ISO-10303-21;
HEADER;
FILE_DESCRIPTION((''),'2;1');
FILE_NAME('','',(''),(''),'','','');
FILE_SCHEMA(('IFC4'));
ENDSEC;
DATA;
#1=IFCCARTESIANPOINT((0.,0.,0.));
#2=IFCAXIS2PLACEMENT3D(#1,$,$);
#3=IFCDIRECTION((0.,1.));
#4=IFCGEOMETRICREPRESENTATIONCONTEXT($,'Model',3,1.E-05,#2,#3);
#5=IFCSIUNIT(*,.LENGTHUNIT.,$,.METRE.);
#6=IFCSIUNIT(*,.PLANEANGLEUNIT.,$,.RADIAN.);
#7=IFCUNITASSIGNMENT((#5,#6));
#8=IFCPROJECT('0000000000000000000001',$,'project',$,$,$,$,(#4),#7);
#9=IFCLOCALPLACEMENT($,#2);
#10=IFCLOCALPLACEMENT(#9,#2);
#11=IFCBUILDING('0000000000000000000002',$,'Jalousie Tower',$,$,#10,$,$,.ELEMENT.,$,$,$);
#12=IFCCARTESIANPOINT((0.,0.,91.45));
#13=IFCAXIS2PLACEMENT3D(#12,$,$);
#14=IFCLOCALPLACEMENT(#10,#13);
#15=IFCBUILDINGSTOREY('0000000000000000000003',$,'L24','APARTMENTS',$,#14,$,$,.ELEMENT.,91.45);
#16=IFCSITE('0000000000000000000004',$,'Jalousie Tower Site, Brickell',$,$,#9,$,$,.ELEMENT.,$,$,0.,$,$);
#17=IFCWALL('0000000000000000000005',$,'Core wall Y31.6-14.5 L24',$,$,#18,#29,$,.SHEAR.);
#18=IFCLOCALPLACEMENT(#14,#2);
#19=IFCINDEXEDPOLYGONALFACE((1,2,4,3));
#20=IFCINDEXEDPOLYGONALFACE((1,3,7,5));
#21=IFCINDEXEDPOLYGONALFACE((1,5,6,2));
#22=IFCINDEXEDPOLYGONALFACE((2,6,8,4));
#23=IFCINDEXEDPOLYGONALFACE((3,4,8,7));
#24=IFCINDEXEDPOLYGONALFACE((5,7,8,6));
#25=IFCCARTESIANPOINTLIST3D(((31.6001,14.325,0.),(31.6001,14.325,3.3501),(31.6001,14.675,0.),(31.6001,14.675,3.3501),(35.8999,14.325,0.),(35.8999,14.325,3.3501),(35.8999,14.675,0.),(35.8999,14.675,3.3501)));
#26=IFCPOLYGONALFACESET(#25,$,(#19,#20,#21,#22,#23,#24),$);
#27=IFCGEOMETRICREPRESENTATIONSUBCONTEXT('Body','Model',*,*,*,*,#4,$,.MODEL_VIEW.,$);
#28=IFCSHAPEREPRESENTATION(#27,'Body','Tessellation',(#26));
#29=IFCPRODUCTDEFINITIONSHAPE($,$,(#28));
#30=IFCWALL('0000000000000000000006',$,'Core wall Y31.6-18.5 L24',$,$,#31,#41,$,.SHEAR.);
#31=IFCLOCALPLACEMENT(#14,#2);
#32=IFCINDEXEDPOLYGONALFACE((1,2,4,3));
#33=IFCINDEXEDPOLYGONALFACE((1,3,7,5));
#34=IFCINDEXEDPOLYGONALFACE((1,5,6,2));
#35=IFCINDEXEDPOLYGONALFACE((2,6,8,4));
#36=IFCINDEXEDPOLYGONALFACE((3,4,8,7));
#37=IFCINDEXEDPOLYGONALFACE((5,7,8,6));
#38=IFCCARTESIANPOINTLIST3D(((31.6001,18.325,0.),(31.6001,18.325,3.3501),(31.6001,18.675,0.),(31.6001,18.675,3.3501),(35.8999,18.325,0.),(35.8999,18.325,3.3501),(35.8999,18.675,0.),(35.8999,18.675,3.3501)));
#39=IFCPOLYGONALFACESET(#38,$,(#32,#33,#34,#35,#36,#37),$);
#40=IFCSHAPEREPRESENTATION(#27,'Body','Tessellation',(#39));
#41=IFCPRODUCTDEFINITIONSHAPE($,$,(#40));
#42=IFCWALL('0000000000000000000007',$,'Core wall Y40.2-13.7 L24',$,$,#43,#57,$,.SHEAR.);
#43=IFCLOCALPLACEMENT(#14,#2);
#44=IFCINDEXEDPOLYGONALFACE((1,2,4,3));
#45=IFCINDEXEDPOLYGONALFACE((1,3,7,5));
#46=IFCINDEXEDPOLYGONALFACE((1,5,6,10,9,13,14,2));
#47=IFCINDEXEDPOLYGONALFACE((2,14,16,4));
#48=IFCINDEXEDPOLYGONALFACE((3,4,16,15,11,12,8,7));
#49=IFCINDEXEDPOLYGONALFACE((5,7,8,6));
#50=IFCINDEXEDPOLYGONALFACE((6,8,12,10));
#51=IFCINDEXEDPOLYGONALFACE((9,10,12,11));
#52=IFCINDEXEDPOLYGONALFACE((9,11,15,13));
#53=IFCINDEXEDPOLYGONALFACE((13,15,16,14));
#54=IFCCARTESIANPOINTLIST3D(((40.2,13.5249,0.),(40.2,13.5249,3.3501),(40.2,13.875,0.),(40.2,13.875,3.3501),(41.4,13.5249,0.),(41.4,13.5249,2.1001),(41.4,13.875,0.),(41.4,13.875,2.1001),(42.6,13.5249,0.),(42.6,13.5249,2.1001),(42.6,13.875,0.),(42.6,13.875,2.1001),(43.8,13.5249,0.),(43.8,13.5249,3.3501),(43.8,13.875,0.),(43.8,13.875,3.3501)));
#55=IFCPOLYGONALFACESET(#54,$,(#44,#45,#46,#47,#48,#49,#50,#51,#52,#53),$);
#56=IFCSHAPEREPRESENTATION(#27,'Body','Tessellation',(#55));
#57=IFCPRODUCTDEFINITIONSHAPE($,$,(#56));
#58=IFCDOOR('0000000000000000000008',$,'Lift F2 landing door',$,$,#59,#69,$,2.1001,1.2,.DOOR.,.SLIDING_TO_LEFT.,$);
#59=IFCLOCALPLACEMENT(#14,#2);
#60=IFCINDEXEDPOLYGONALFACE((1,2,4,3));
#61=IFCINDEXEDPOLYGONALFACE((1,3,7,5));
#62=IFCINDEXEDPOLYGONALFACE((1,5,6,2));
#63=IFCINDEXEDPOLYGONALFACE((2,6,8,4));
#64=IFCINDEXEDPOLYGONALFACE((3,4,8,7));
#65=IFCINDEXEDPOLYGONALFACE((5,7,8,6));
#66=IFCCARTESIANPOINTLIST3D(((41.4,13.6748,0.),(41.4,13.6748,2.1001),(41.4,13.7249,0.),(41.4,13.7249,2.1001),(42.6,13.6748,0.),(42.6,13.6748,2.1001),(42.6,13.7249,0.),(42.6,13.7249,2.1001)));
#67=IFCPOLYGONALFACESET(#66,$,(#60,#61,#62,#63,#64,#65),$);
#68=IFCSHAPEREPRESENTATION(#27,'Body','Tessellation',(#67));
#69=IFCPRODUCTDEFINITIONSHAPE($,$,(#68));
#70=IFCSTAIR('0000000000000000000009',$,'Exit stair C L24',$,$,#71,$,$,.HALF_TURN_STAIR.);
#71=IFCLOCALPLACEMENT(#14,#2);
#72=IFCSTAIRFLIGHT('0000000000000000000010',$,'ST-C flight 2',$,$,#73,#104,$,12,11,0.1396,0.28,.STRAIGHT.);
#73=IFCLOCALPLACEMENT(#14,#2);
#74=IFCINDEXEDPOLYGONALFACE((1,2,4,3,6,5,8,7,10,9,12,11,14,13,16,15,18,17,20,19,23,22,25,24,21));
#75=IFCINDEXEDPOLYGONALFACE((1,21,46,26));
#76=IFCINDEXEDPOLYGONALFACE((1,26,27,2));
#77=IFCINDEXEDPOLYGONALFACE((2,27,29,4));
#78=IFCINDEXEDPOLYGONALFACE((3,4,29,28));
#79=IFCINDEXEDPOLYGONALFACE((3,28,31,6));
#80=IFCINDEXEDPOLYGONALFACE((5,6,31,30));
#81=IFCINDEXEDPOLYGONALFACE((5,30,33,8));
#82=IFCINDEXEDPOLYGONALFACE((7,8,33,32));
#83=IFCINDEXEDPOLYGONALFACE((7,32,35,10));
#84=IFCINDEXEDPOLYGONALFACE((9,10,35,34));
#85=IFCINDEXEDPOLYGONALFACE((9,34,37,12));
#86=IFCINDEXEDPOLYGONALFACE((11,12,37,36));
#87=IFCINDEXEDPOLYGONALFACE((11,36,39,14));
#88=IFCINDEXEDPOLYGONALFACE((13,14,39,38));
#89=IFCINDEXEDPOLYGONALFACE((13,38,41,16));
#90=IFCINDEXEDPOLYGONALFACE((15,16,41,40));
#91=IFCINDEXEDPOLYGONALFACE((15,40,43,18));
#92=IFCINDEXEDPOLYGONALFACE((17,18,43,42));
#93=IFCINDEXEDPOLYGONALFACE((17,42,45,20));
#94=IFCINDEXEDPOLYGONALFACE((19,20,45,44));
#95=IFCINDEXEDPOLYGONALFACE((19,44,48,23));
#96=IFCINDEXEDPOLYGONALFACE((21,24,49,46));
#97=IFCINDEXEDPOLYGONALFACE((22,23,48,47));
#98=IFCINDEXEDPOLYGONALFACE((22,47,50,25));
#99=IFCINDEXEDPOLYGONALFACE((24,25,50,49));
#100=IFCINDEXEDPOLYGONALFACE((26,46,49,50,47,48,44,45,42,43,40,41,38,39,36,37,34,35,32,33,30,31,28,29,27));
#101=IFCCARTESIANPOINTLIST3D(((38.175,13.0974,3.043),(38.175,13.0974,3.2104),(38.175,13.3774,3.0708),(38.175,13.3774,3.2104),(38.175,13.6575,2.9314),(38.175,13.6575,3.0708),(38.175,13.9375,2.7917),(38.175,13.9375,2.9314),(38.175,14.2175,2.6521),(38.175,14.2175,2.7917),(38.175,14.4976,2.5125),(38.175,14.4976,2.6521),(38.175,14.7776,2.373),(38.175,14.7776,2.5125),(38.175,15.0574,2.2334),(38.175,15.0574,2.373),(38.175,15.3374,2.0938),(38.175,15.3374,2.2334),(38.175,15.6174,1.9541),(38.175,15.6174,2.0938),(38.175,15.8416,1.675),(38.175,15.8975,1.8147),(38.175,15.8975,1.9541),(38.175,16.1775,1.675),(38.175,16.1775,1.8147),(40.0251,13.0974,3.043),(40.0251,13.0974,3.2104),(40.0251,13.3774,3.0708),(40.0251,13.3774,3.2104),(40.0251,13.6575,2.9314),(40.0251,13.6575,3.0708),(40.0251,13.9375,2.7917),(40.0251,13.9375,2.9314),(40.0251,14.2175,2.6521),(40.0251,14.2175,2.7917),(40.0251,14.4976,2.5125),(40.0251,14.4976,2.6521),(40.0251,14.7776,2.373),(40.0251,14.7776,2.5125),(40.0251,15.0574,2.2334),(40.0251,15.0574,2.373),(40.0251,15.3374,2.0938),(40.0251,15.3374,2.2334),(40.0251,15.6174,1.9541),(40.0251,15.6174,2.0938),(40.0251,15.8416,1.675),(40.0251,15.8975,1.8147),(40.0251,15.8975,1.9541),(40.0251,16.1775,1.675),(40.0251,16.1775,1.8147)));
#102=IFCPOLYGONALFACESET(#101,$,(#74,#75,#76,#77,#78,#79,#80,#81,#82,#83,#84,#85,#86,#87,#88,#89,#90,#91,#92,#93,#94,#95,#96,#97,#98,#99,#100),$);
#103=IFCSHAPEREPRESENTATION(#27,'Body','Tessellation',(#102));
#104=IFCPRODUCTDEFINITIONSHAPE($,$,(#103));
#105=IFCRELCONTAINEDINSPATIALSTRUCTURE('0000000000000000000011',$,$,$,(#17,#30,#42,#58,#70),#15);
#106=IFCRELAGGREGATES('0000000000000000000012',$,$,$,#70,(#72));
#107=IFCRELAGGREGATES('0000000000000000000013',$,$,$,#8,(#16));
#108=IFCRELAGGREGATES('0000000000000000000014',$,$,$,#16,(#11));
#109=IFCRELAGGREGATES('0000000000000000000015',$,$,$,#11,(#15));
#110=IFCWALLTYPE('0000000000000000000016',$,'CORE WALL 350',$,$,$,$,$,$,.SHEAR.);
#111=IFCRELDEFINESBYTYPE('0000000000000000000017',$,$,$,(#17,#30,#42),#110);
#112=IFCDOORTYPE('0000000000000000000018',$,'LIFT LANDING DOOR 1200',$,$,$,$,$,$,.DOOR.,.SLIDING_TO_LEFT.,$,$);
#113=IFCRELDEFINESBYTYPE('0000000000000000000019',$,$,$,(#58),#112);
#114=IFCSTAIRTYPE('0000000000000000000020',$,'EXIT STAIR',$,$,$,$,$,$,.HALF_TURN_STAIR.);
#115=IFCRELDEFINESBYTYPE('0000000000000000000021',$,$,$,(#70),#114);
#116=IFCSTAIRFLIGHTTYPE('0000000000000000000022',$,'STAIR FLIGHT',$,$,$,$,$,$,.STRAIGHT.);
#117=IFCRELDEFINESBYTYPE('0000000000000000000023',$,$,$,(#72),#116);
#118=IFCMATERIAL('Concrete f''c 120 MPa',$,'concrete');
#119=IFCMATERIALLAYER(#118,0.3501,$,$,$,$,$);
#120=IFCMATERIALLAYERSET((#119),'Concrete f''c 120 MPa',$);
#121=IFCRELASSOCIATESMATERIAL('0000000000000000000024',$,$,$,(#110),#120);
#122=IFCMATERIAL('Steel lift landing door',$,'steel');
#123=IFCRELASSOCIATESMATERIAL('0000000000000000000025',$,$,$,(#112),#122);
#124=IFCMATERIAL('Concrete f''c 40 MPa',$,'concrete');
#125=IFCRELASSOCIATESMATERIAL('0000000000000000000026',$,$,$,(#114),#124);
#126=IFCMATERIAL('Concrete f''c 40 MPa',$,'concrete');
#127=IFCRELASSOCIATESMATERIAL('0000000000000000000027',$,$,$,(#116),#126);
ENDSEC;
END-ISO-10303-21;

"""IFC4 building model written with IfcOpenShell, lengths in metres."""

from ifc_helpers import new_model, si_unit, direction, frame, frame_2d, origin, place, context, subcontext, project, spatial, polyline, rectangle, outline, extrude, material, layer, layer_set, type_object, element, fill, aggregate, save


model = new_model("IFC4")

# Units and contexts
model_context = context("Model", 3, precision=1e-05, world=origin(), true_north=direction((0.0, 1.0)))
body_context = subcontext(model_context, "Body", "Model", "MODEL_VIEW")
ifc_project = project(units=[si_unit("LENGTHUNIT", "METRE"), si_unit("PLANEANGLEUNIT", "RADIAN")], contexts=[model_context])

# Site, building, storey
site_placement = place(None, origin())
site = spatial("IfcSite", under=ifc_project, at=site_placement, Name="Jalousie Tower Site, Brickell", CompositionType="ELEMENT", RefElevation=0.0)
building_placement = place(site_placement, origin())
building = spatial("IfcBuilding", under=site, at=building_placement, Name="Jalousie Tower", CompositionType="ELEMENT")
storey_placement = place(building_placement, frame((0.0, 0.0, 91.45)))
storey = spatial("IfcBuildingStorey", under=building, at=storey_placement, Name="L24", Description="APARTMENTS", CompositionType="ELEMENT", Elevation=91.45)

# Shared definitions
ifc_material_1 = material(Name="Concrete f'c 120 MPa", Category="concrete")
ifc_layer = layer(ifc_material_1, 0.3501)
ifc_layer_set = layer_set([ifc_layer], Name="Concrete f'c 120 MPa")
wall_type = type_object("IfcWallType", Name="CORE WALL 350", PredefinedType="SHEAR", material=ifc_layer_set)

# Walls
for number, where, z_axis, x_axis, name in (
    (1, (31.6001, 14.5, 0.0), (0.0, 0.0, 1.0), (1.0, 0.0, 0.0), "Core wall Y31.6-14.5 L24"),
    (2, (31.6001, 18.5, 0.0), (0.0, 0.0, 1.0), (1.0, 0.0, 0.0), "Core wall Y31.6-18.5 L24"),
):
    element("IfcWall", number, at=place(storey_placement, frame(where, z_axis=z_axis, x_axis=x_axis)), inside=storey, type_object=wall_type, Name=name, PredefinedType="SHEAR", context=body_context, shape_type="SweptSolid", body=[
        extrude(rectangle(XDim=4.2998, YDim=0.3501, at=frame_2d((2.1499, 0.0))), origin(), (0.0, 0.0, 1.0), 3.3501),
    ])

# Wall, opening, door
wall_1_placement = place(storey_placement, frame((40.2, 13.7, 0.0), z_axis=(0.0, 0.0, 1.0), x_axis=(1.0, 0.0, 0.0)))
wall_1 = element("IfcWall", 3, at=wall_1_placement, inside=storey, type_object=wall_type, Name="Core wall Y40.2-13.7 L24", PredefinedType="SHEAR", context=body_context, shape_type="SweptSolid", body=[
    extrude(rectangle(XDim=3.6001, YDim=0.3501, at=frame_2d((1.8, 0.0))), origin(), (0.0, 0.0, 1.0), 3.3501),
])
opening_1_placement = place(wall_1_placement, frame((1.2, 0.0, 0.0)))
opening_1 = element("IfcOpeningElement", 4, at=opening_1_placement, cuts=wall_1, PredefinedType="OPENING", context=body_context, shape_type="SweptSolid", body=[
    extrude(rectangle(XDim=1.2, YDim=2.1001, at=frame_2d((0.6001, 1.05))), frame((0.0, 0.1851, 0.0), z_axis=(0.0, -1.0, 0.0), x_axis=(1.0, 0.0, 0.0)), (0.0, 0.0, 1.0), 0.3701),
])
ifc_material_2 = material(Name="Steel lift landing door", Category="steel")
door_type_1 = type_object("IfcDoorType", Name="LIFT LANDING DOOR 1200", OperationType="SLIDING_TO_LEFT", PredefinedType="DOOR", material=ifc_material_2)
door_1_placement = place(opening_1_placement, origin())
door_1 = element("IfcDoor", 5, at=door_1_placement, inside=storey, type_object=door_type_1, Name="Lift F2 landing door", OperationType="SLIDING_TO_LEFT", OverallHeight=2.1001, OverallWidth=1.2, PredefinedType="DOOR", context=body_context, shape_type="SweptSolid", body=[
    extrude(rectangle(XDim=1.2, YDim=2.1001, at=frame_2d((0.6001, 1.05))), frame((0.0, 0.0249, 0.0), z_axis=(0.0, -1.0, 0.0), x_axis=(1.0, 0.0, 0.0)), (0.0, 0.0, 1.0), 0.05),
])
fill(opening_1, door_1)

# Stair, stair flight
ifc_material_3 = material(Name="Concrete f'c 40 MPa", Category="concrete")
stair_type = type_object("IfcStairType", Name="EXIT STAIR", PredefinedType="HALF_TURN_STAIR", material=ifc_material_3)
stair_placement = place(storey_placement, origin())
stair = element("IfcStair", 6, at=stair_placement, inside=storey, type_object=stair_type, Name="Exit stair C L24", PredefinedType="HALF_TURN_STAIR")
ifc_material_4 = material(Name="Concrete f'c 40 MPa", Category="concrete")
stair_flight_type = type_object("IfcStairFlightType", Name="STAIR FLIGHT", PredefinedType="STRAIGHT", material=ifc_material_4)
stair_flight_placement = place(storey_placement, frame((39.1001, 16.1775, 1.675), z_axis=(0.0, 0.0, 1.0), x_axis=(0.0, -1.0, 0.0)))
stair_flight = element("IfcStairFlight", 7, at=stair_flight_placement, type_object=stair_flight_type, Name="ST-C flight 2", NumberOfRisers=12, NumberOfTreads=11, PredefinedType="STRAIGHT", RiserHeight=0.1396, TreadLength=0.28, context=body_context, shape_type="SweptSolid", body=[
    extrude(outline(polyline([(0.0, 0.0), (0.0, 0.1396), (0.28, 0.1396), (0.28, 0.2791), (0.5601, 0.2791), (0.5601, 0.4187), (0.8401, 0.4187), (0.8401, 0.5583), (1.1201, 0.5583), (1.1201, 0.698), (1.3999, 0.698), (1.3999, 0.8374), (1.6799, 0.8374), (1.6799, 0.9771), (1.96, 0.9771), (1.96, 1.1167), (2.24, 1.1167), (2.24, 1.2563), (2.52, 1.2563), (2.52, 1.3958), (2.8, 1.3958), (2.8, 1.5354), (3.0801, 1.5354), (3.0801, 1.675), (3.0801, 1.3679), (0.3359, 0.0), (0.0, 0.0)])), frame((0.0, 0.925, 0.0), z_axis=(0.0, -1.0, 0.0), x_axis=(1.0, 0.0, 0.0)), (0.0, 0.0, 1.0), 1.8501),
])
aggregate(stair, [stair_flight])

save(model, "model.ifc")
